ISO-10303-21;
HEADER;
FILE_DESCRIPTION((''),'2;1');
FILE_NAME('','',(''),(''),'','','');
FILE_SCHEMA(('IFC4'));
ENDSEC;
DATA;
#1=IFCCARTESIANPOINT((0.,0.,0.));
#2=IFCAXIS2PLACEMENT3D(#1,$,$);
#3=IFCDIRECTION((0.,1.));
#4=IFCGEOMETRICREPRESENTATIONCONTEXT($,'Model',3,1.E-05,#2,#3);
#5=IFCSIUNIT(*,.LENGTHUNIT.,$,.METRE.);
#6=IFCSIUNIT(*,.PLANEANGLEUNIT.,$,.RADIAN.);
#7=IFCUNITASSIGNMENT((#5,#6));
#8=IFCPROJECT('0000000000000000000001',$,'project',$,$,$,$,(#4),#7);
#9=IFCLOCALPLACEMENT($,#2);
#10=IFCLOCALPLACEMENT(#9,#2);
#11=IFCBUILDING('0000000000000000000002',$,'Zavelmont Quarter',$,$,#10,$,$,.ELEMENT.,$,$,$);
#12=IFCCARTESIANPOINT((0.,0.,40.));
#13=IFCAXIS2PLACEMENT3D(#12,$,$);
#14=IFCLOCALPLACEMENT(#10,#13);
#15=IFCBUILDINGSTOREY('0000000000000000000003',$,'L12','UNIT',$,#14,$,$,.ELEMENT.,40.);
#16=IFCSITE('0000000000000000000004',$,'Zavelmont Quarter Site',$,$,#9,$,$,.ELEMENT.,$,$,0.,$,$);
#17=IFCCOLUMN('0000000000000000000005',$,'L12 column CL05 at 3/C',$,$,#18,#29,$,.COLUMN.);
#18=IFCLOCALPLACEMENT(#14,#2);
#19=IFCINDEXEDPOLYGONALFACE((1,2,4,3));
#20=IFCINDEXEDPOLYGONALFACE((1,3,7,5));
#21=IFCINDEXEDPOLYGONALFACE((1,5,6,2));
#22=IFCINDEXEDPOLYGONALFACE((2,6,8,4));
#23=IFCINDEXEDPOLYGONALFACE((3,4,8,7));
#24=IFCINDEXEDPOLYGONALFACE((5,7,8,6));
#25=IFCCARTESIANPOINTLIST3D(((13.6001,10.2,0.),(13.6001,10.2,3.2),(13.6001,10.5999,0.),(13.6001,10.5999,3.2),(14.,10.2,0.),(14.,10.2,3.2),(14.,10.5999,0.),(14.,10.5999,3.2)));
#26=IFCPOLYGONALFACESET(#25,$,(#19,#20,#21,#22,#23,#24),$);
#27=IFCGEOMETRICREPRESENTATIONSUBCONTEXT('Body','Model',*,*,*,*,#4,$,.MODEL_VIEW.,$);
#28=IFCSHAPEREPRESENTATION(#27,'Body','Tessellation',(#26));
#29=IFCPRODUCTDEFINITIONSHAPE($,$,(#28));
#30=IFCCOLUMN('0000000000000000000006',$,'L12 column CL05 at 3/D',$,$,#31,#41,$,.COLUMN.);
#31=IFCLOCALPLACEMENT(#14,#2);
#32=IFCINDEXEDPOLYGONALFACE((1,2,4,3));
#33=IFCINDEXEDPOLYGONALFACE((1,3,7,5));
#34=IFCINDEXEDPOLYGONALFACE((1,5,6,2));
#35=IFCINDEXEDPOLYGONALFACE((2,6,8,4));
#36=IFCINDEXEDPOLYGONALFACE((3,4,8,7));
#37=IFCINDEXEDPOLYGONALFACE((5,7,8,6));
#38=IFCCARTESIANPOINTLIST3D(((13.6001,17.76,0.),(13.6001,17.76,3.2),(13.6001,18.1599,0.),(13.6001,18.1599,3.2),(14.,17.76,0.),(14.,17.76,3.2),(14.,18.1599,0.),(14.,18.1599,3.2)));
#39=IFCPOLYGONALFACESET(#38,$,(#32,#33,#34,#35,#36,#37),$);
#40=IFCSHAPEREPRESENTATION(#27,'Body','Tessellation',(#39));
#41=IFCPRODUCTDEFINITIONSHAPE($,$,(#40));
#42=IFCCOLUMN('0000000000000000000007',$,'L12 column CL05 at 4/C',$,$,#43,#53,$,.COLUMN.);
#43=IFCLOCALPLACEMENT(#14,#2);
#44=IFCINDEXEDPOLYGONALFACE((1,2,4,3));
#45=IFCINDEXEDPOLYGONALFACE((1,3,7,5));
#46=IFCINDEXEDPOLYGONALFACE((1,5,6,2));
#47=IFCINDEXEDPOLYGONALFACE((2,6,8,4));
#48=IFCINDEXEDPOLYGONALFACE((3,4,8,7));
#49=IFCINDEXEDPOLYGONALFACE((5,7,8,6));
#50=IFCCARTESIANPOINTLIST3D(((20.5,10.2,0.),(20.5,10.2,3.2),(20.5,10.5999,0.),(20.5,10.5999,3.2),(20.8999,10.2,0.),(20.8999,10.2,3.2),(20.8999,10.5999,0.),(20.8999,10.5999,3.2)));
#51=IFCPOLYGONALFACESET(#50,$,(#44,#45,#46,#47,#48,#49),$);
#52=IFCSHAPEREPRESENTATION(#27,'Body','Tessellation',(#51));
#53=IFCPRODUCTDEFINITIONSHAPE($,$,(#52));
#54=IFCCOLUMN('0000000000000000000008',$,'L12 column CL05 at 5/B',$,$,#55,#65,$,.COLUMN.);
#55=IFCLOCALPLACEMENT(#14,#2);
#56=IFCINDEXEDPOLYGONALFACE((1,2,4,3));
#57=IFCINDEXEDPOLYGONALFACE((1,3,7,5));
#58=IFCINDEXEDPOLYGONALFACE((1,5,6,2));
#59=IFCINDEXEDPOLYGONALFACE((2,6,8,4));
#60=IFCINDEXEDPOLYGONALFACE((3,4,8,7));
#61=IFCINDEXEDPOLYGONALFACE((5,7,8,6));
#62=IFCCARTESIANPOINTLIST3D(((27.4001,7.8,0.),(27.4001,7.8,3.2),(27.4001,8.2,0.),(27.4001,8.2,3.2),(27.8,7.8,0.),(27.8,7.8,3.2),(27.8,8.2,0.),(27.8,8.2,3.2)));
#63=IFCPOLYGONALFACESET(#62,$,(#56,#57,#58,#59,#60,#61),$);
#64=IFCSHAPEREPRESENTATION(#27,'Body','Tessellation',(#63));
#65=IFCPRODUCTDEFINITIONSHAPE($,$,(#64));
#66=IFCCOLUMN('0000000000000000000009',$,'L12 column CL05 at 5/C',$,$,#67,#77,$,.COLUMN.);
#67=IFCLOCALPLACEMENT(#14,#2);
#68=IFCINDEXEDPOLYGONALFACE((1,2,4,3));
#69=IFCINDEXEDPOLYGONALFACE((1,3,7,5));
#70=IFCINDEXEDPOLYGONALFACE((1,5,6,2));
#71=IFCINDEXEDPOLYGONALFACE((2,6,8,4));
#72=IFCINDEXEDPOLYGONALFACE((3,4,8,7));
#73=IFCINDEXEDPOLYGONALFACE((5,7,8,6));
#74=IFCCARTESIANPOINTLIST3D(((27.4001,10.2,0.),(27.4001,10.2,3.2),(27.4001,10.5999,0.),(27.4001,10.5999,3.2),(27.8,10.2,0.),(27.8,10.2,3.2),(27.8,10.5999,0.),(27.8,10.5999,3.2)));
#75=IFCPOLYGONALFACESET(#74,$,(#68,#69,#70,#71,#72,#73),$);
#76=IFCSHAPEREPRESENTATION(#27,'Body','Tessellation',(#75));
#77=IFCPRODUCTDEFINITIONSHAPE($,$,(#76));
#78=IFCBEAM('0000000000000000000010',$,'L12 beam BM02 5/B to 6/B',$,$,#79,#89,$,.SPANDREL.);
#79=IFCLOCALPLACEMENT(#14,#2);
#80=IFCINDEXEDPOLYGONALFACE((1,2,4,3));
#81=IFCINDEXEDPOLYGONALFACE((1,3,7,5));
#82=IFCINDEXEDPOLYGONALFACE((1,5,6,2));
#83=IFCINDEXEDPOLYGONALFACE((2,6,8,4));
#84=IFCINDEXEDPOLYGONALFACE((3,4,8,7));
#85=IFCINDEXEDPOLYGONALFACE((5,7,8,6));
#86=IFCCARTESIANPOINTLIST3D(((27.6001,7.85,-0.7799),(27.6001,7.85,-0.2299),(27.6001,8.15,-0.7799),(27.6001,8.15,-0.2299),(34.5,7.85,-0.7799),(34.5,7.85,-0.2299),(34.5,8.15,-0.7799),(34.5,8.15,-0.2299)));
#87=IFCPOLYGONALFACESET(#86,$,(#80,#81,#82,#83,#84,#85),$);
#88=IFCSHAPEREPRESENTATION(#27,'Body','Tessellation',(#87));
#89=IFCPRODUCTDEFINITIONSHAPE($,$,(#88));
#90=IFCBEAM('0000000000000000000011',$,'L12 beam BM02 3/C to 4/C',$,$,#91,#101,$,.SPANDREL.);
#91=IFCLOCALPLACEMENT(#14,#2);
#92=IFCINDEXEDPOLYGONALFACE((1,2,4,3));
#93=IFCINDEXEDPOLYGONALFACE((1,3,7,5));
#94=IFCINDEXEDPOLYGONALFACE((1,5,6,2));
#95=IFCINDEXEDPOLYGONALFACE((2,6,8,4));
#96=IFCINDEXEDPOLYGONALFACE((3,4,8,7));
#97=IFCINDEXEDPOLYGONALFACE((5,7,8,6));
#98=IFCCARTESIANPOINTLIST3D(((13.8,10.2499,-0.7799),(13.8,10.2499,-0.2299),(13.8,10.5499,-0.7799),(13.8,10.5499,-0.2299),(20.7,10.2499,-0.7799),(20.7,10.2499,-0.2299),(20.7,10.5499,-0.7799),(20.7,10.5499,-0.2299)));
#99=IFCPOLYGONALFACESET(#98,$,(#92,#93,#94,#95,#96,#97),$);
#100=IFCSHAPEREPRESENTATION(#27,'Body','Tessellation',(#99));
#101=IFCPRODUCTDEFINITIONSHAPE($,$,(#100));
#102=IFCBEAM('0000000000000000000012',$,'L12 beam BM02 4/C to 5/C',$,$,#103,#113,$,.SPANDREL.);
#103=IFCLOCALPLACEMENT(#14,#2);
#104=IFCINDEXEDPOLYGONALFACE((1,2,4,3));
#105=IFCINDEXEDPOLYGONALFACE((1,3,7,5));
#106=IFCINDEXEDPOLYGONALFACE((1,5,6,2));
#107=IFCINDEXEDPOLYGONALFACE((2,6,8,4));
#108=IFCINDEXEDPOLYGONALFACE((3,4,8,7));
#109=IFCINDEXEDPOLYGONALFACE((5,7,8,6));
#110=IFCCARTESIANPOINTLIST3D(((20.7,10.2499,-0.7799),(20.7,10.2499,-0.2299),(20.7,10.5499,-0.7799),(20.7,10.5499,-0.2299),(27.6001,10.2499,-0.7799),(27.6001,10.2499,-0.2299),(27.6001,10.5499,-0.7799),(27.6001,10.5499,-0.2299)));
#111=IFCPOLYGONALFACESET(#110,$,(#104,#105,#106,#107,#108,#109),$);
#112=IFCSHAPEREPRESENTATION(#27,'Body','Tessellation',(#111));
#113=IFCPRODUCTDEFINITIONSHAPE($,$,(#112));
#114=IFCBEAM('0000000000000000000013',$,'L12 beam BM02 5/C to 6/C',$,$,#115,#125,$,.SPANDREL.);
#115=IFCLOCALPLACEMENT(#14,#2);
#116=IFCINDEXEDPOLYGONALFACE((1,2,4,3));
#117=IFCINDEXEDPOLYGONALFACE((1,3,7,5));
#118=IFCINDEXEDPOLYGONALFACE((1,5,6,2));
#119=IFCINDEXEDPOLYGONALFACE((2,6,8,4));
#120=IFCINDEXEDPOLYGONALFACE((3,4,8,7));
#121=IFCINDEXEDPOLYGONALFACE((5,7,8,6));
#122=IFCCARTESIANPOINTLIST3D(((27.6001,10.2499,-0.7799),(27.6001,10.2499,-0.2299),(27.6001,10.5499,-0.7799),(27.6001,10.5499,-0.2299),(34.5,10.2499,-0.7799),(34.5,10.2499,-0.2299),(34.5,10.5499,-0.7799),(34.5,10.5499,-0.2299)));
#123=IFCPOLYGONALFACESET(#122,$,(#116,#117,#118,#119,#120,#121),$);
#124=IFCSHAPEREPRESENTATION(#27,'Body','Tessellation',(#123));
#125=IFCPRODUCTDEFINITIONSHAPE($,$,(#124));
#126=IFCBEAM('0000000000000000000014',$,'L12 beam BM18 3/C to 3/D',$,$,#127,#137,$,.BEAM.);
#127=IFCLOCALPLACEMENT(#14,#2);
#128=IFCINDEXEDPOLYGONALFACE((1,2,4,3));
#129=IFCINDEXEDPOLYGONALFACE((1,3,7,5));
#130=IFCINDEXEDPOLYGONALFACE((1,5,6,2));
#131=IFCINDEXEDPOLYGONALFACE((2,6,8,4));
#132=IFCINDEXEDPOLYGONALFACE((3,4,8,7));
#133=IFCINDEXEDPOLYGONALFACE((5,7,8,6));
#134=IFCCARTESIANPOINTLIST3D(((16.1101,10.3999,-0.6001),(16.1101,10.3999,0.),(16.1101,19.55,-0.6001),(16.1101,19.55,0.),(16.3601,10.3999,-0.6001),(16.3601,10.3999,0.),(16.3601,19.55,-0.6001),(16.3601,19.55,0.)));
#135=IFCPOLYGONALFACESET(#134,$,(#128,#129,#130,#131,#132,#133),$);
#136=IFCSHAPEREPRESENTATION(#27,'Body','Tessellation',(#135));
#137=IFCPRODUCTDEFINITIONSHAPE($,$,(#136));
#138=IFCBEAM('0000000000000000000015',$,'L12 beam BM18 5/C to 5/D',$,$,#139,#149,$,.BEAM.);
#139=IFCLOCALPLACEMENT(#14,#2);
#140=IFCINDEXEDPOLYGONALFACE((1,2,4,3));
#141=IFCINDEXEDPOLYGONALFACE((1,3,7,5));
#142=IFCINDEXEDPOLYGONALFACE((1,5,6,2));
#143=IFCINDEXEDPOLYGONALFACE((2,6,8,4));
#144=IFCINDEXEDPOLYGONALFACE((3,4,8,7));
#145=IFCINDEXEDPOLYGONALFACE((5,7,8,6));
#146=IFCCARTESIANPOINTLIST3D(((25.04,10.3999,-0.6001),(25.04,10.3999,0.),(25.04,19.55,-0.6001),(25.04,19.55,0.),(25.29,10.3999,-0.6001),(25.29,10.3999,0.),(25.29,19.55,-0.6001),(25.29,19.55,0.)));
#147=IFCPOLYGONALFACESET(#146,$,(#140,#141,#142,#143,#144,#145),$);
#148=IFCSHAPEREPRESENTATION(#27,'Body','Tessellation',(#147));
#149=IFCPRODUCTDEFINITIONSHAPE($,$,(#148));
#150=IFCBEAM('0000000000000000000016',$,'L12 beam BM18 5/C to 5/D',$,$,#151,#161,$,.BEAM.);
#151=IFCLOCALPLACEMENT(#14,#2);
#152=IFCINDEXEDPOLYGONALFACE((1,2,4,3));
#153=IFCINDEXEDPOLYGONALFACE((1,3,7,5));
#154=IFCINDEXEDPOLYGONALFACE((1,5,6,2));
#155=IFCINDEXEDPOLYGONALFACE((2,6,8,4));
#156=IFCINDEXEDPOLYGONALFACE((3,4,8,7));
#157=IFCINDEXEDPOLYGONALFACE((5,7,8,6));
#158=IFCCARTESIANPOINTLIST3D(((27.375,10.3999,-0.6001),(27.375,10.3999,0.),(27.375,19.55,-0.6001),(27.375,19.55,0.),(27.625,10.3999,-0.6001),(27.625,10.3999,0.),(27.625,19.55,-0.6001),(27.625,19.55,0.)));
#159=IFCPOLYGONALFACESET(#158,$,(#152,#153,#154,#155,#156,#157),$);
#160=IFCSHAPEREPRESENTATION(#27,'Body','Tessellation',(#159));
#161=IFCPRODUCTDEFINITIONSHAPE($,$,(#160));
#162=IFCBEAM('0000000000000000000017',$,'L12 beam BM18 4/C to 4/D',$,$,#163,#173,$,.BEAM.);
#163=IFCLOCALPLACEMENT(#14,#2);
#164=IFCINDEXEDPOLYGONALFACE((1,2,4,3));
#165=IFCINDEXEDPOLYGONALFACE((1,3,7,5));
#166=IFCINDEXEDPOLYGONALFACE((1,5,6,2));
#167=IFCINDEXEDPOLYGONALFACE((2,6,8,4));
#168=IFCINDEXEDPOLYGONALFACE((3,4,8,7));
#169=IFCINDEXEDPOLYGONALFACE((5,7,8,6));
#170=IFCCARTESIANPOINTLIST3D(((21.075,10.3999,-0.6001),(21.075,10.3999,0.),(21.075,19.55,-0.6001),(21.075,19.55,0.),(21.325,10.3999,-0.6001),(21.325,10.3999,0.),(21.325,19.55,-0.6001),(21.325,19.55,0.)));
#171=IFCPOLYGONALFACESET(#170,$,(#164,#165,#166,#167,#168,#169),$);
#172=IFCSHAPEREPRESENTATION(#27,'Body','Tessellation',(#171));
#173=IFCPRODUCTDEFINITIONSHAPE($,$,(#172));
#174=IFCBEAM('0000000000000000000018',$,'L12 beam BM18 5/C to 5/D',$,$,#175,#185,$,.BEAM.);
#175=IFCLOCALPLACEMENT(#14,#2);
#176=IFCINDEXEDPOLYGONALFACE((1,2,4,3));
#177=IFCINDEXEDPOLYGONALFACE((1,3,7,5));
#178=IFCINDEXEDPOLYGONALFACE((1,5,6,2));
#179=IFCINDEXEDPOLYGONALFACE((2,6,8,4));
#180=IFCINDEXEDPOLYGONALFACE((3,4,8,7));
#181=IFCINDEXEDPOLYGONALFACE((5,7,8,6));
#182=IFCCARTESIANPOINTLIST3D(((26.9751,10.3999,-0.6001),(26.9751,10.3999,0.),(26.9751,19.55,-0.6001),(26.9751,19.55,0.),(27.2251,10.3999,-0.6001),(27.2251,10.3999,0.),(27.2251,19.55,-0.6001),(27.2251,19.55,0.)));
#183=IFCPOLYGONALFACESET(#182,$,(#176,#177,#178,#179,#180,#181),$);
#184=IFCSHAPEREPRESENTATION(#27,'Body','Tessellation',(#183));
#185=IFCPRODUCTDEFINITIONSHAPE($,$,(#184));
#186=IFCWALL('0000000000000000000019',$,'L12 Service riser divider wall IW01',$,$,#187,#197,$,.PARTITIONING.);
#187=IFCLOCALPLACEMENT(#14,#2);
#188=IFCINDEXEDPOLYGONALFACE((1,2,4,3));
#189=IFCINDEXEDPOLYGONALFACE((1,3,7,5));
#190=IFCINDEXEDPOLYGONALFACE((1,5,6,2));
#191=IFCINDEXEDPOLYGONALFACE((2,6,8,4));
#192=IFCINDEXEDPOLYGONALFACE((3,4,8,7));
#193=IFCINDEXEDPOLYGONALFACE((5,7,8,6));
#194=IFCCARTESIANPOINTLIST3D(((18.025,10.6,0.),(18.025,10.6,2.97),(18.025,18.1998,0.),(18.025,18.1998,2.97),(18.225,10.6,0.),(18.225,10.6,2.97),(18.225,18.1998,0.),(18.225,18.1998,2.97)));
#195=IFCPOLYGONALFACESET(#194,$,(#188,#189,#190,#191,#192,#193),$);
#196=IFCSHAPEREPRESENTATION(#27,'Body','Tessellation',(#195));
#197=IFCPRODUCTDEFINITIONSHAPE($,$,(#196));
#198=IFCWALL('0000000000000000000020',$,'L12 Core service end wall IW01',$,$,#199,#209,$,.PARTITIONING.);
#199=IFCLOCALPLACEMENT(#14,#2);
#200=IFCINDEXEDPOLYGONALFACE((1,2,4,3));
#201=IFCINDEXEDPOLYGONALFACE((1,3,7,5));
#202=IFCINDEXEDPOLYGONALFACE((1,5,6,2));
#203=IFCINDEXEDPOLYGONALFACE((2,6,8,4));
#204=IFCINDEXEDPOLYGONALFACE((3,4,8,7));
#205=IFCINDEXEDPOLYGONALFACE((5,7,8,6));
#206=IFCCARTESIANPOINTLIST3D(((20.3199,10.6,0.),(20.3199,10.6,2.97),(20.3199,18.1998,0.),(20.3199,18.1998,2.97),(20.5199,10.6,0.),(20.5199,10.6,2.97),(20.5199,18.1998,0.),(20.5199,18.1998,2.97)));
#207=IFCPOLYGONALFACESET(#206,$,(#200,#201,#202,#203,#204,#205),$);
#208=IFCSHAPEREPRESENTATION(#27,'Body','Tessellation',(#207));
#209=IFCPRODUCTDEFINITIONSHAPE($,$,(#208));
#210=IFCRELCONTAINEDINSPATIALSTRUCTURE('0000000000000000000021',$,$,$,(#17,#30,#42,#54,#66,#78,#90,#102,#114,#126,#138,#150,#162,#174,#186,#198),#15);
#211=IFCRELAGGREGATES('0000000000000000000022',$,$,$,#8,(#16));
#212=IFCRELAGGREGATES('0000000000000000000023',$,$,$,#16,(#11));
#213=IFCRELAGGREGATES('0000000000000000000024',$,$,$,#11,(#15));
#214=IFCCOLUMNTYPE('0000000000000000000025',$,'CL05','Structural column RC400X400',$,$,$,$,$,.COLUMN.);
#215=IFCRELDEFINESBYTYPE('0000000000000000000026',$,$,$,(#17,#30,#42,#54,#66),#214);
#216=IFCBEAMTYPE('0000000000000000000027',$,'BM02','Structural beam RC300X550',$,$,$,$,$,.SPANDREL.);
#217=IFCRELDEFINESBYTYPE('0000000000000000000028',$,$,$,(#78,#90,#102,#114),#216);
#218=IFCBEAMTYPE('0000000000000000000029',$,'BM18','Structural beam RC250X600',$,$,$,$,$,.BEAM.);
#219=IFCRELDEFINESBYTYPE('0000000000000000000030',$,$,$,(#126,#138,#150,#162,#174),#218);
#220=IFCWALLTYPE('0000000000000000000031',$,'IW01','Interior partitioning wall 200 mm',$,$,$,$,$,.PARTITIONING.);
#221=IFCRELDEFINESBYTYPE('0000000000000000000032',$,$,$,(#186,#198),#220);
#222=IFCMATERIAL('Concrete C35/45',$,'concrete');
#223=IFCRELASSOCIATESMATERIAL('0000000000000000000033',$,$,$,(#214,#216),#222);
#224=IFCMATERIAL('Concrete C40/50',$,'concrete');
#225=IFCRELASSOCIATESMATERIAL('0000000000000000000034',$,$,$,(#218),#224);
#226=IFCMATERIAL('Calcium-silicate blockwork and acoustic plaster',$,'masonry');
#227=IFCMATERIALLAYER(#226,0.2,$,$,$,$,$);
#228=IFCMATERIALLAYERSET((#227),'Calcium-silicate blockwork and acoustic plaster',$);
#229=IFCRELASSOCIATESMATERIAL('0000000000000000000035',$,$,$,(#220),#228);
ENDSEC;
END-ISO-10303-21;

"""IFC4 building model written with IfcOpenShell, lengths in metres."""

from ifc_helpers import new_model, si_unit, direction, frame, frame_2d, origin, origin_2d, place, context, subcontext, project, spatial, rectangle, extrude, material, layer, layer_set, material_profile, profile_set, type_object, element, save


model = new_model("IFC4")

# Units and contexts
model_context = context("Model", 3, precision=1e-05, world=origin(), true_north=direction((0.0, 1.0)))
body_context = subcontext(model_context, "Body", "Model", "MODEL_VIEW")
ifc_project = project(units=[si_unit("LENGTHUNIT", "METRE"), si_unit("PLANEANGLEUNIT", "RADIAN")], contexts=[model_context])

# Site, building, storey
site_placement = place(None, origin())
site = spatial("IfcSite", under=ifc_project, at=site_placement, Name="Zavelmont Quarter Site", CompositionType="ELEMENT", RefElevation=0.0)
building_placement = place(site_placement, origin())
building = spatial("IfcBuilding", under=site, at=building_placement, Name="Zavelmont Quarter", CompositionType="ELEMENT")
storey_placement = place(building_placement, frame((0.0, 0.0, 40.0)))
storey = spatial("IfcBuildingStorey", under=building, at=storey_placement, Name="L12", Description="UNIT", CompositionType="ELEMENT", Elevation=40.0)

# Columns
ifc_material_1 = material(Name="Concrete C35/45", Category="concrete")
ifc_material_profile_1 = material_profile(ifc_material_1, rectangle(XDim=0.3999, YDim=0.3999, at=origin_2d()), Name="RC400X400")
ifc_profile_set_1 = profile_set([ifc_material_profile_1], Name="Concrete C35/45")
column_type = type_object("IfcColumnType", Name="CL05", Description="Structural column RC400X400", PredefinedType="COLUMN", material=ifc_profile_set_1)
for number, where, z_axis, x_axis, name in (
    (1, (13.8, 10.3999, 0.0), (0.0, 0.0, 1.0), (1.0, 0.0, 0.0), "L12 column CL05 at 3/C"),
    (2, (13.8, 17.96, 0.0), (0.0, 0.0, 1.0), (1.0, 0.0, 0.0), "L12 column CL05 at 3/D"),
    (3, (20.7, 10.3999, 0.0), (0.0, 0.0, 1.0), (1.0, 0.0, 0.0), "L12 column CL05 at 4/C"),
    (4, (27.6001, 8.0, 0.0), (0.0, 0.0, 1.0), (1.0, 0.0, 0.0), "L12 column CL05 at 5/B"),
    (5, (27.6001, 10.3999, 0.0), (0.0, 0.0, 1.0), (1.0, 0.0, 0.0), "L12 column CL05 at 5/C"),
):
    element("IfcColumn", number, at=place(storey_placement, frame(where, z_axis=z_axis, x_axis=x_axis)), inside=storey, type_object=column_type, Name=name, PredefinedType="COLUMN", context=body_context, shape_type="SweptSolid", body=[
        extrude(rectangle(XDim=0.3999, YDim=0.3999, at=origin_2d()), origin(), (0.0, 0.0, 1.0), 3.2),
    ])

# Beams
ifc_material_profile_2 = material_profile(ifc_material_1, rectangle(XDim=0.3, YDim=0.55, at=origin_2d()), Name="RC300X550")
ifc_profile_set_2 = profile_set([ifc_material_profile_2], Name="Concrete C35/45")
beam_type_1 = type_object("IfcBeamType", Name="BM02", Description="Structural beam RC300X550", PredefinedType="SPANDREL", material=ifc_profile_set_2)
for number, where, z_axis, x_axis, name in (
    (6, (27.6001, 8.0, -0.5049), (1.0, 0.0, 0.0), (0.0, 1.0, 0.0), "L12 beam BM02 5/B to 6/B"),
    (7, (13.8, 10.3999, -0.5049), (1.0, 0.0, 0.0), (0.0, 1.0, 0.0), "L12 beam BM02 3/C to 4/C"),
):
    element("IfcBeam", number, at=place(storey_placement, frame(where, z_axis=z_axis, x_axis=x_axis)), inside=storey, type_object=beam_type_1, Name=name, PredefinedType="SPANDREL", context=body_context, shape_type="SweptSolid", body=[
        extrude(rectangle(XDim=0.3, YDim=0.55, at=origin_2d()), origin(), (0.0, 0.0, 1.0), 6.8999),
    ])
beam_1_placement = place(storey_placement, frame((20.7, 10.3999, -0.5049), z_axis=(1.0, 0.0, 0.0), x_axis=(0.0, 1.0, 0.0)))
element("IfcBeam", 8, at=beam_1_placement, inside=storey, type_object=beam_type_1, Name="L12 beam BM02 4/C to 5/C", PredefinedType="SPANDREL", context=body_context, shape_type="SweptSolid", body=[
    extrude(rectangle(XDim=0.3, YDim=0.55, at=origin_2d()), origin(), (0.0, 0.0, 1.0), 6.9001),
])
beam_2_placement = place(storey_placement, frame((27.6001, 10.3999, -0.5049), z_axis=(1.0, 0.0, 0.0), x_axis=(0.0, 1.0, 0.0)))
element("IfcBeam", 9, at=beam_2_placement, inside=storey, type_object=beam_type_1, Name="L12 beam BM02 5/C to 6/C", PredefinedType="SPANDREL", context=body_context, shape_type="SweptSolid", body=[
    extrude(rectangle(XDim=0.3, YDim=0.55, at=origin_2d()), origin(), (0.0, 0.0, 1.0), 6.8999),
])
ifc_material_2 = material(Name="Concrete C40/50", Category="concrete")
ifc_material_profile_3 = material_profile(ifc_material_2, rectangle(XDim=0.25, YDim=0.6001, at=origin_2d()), Name="RC250X600")
ifc_profile_set_3 = profile_set([ifc_material_profile_3], Name="Concrete C40/50")
beam_type_2 = type_object("IfcBeamType", Name="BM18", Description="Structural beam RC250X600", PredefinedType="BEAM", material=ifc_profile_set_3)
for number, where, z_axis, x_axis, name in (
    (10, (16.2351, 10.3999, -0.3), (0.0, 1.0, 0.0), (-1.0, 0.0, 0.0), "L12 beam BM18 3/C to 3/D"),
    (11, (25.165, 10.3999, -0.3), (0.0, 1.0, 0.0), (-1.0, 0.0, 0.0), "L12 beam BM18 5/C to 5/D"),
    (12, (27.5, 10.3999, -0.3), (0.0, 1.0, 0.0), (-1.0, 0.0, 0.0), "L12 beam BM18 5/C to 5/D"),
    (13, (21.2, 10.3999, -0.3), (0.0, 1.0, 0.0), (-1.0, 0.0, 0.0), "L12 beam BM18 4/C to 4/D"),
    (14, (27.1001, 10.3999, -0.3), (0.0, 1.0, 0.0), (-1.0, 0.0, 0.0), "L12 beam BM18 5/C to 5/D"),
):
    element("IfcBeam", number, at=place(storey_placement, frame(where, z_axis=z_axis, x_axis=x_axis)), inside=storey, type_object=beam_type_2, Name=name, PredefinedType="BEAM", context=body_context, shape_type="SweptSolid", body=[
        extrude(rectangle(XDim=0.25, YDim=0.6001, at=origin_2d()), origin(), (0.0, 0.0, 1.0), 9.1501),
    ])

# Walls
ifc_material_3 = material(Name="Calcium-silicate blockwork and acoustic plaster", Category="masonry")
ifc_layer_1 = layer(ifc_material_3, 0.2)
ifc_layer_set_1 = layer_set([ifc_layer_1], Name="Calcium-silicate blockwork and acoustic plaster")
wall_type_1 = type_object("IfcWallType", Name="IW01", Description="Interior partitioning wall 200 mm", PredefinedType="PARTITIONING", material=ifc_layer_set_1)
for number, where, z_axis, x_axis, name in (
    (15, (18.125, 10.6001, 0.0), (0.0, 0.0, 1.0), (0.0, 1.0, 0.0), "L12 Service riser divider wall IW01"),
    (16, (20.4199, 10.6001, 0.0), (0.0, 0.0, 1.0), (0.0, 1.0, 0.0), "L12 Core service end wall IW01"),
):
    element("IfcWall", number, at=place(storey_placement, frame(where, z_axis=z_axis, x_axis=x_axis)), inside=storey, type_object=wall_type_1, Name=name, PredefinedType="PARTITIONING", context=body_context, shape_type="SweptSolid", body=[
        extrude(rectangle(XDim=7.5999, YDim=0.2, at=frame_2d((3.7998, 0.0))), origin(), (0.0, 0.0, 1.0), 2.97),
    ])

save(model, "model.ifc")
